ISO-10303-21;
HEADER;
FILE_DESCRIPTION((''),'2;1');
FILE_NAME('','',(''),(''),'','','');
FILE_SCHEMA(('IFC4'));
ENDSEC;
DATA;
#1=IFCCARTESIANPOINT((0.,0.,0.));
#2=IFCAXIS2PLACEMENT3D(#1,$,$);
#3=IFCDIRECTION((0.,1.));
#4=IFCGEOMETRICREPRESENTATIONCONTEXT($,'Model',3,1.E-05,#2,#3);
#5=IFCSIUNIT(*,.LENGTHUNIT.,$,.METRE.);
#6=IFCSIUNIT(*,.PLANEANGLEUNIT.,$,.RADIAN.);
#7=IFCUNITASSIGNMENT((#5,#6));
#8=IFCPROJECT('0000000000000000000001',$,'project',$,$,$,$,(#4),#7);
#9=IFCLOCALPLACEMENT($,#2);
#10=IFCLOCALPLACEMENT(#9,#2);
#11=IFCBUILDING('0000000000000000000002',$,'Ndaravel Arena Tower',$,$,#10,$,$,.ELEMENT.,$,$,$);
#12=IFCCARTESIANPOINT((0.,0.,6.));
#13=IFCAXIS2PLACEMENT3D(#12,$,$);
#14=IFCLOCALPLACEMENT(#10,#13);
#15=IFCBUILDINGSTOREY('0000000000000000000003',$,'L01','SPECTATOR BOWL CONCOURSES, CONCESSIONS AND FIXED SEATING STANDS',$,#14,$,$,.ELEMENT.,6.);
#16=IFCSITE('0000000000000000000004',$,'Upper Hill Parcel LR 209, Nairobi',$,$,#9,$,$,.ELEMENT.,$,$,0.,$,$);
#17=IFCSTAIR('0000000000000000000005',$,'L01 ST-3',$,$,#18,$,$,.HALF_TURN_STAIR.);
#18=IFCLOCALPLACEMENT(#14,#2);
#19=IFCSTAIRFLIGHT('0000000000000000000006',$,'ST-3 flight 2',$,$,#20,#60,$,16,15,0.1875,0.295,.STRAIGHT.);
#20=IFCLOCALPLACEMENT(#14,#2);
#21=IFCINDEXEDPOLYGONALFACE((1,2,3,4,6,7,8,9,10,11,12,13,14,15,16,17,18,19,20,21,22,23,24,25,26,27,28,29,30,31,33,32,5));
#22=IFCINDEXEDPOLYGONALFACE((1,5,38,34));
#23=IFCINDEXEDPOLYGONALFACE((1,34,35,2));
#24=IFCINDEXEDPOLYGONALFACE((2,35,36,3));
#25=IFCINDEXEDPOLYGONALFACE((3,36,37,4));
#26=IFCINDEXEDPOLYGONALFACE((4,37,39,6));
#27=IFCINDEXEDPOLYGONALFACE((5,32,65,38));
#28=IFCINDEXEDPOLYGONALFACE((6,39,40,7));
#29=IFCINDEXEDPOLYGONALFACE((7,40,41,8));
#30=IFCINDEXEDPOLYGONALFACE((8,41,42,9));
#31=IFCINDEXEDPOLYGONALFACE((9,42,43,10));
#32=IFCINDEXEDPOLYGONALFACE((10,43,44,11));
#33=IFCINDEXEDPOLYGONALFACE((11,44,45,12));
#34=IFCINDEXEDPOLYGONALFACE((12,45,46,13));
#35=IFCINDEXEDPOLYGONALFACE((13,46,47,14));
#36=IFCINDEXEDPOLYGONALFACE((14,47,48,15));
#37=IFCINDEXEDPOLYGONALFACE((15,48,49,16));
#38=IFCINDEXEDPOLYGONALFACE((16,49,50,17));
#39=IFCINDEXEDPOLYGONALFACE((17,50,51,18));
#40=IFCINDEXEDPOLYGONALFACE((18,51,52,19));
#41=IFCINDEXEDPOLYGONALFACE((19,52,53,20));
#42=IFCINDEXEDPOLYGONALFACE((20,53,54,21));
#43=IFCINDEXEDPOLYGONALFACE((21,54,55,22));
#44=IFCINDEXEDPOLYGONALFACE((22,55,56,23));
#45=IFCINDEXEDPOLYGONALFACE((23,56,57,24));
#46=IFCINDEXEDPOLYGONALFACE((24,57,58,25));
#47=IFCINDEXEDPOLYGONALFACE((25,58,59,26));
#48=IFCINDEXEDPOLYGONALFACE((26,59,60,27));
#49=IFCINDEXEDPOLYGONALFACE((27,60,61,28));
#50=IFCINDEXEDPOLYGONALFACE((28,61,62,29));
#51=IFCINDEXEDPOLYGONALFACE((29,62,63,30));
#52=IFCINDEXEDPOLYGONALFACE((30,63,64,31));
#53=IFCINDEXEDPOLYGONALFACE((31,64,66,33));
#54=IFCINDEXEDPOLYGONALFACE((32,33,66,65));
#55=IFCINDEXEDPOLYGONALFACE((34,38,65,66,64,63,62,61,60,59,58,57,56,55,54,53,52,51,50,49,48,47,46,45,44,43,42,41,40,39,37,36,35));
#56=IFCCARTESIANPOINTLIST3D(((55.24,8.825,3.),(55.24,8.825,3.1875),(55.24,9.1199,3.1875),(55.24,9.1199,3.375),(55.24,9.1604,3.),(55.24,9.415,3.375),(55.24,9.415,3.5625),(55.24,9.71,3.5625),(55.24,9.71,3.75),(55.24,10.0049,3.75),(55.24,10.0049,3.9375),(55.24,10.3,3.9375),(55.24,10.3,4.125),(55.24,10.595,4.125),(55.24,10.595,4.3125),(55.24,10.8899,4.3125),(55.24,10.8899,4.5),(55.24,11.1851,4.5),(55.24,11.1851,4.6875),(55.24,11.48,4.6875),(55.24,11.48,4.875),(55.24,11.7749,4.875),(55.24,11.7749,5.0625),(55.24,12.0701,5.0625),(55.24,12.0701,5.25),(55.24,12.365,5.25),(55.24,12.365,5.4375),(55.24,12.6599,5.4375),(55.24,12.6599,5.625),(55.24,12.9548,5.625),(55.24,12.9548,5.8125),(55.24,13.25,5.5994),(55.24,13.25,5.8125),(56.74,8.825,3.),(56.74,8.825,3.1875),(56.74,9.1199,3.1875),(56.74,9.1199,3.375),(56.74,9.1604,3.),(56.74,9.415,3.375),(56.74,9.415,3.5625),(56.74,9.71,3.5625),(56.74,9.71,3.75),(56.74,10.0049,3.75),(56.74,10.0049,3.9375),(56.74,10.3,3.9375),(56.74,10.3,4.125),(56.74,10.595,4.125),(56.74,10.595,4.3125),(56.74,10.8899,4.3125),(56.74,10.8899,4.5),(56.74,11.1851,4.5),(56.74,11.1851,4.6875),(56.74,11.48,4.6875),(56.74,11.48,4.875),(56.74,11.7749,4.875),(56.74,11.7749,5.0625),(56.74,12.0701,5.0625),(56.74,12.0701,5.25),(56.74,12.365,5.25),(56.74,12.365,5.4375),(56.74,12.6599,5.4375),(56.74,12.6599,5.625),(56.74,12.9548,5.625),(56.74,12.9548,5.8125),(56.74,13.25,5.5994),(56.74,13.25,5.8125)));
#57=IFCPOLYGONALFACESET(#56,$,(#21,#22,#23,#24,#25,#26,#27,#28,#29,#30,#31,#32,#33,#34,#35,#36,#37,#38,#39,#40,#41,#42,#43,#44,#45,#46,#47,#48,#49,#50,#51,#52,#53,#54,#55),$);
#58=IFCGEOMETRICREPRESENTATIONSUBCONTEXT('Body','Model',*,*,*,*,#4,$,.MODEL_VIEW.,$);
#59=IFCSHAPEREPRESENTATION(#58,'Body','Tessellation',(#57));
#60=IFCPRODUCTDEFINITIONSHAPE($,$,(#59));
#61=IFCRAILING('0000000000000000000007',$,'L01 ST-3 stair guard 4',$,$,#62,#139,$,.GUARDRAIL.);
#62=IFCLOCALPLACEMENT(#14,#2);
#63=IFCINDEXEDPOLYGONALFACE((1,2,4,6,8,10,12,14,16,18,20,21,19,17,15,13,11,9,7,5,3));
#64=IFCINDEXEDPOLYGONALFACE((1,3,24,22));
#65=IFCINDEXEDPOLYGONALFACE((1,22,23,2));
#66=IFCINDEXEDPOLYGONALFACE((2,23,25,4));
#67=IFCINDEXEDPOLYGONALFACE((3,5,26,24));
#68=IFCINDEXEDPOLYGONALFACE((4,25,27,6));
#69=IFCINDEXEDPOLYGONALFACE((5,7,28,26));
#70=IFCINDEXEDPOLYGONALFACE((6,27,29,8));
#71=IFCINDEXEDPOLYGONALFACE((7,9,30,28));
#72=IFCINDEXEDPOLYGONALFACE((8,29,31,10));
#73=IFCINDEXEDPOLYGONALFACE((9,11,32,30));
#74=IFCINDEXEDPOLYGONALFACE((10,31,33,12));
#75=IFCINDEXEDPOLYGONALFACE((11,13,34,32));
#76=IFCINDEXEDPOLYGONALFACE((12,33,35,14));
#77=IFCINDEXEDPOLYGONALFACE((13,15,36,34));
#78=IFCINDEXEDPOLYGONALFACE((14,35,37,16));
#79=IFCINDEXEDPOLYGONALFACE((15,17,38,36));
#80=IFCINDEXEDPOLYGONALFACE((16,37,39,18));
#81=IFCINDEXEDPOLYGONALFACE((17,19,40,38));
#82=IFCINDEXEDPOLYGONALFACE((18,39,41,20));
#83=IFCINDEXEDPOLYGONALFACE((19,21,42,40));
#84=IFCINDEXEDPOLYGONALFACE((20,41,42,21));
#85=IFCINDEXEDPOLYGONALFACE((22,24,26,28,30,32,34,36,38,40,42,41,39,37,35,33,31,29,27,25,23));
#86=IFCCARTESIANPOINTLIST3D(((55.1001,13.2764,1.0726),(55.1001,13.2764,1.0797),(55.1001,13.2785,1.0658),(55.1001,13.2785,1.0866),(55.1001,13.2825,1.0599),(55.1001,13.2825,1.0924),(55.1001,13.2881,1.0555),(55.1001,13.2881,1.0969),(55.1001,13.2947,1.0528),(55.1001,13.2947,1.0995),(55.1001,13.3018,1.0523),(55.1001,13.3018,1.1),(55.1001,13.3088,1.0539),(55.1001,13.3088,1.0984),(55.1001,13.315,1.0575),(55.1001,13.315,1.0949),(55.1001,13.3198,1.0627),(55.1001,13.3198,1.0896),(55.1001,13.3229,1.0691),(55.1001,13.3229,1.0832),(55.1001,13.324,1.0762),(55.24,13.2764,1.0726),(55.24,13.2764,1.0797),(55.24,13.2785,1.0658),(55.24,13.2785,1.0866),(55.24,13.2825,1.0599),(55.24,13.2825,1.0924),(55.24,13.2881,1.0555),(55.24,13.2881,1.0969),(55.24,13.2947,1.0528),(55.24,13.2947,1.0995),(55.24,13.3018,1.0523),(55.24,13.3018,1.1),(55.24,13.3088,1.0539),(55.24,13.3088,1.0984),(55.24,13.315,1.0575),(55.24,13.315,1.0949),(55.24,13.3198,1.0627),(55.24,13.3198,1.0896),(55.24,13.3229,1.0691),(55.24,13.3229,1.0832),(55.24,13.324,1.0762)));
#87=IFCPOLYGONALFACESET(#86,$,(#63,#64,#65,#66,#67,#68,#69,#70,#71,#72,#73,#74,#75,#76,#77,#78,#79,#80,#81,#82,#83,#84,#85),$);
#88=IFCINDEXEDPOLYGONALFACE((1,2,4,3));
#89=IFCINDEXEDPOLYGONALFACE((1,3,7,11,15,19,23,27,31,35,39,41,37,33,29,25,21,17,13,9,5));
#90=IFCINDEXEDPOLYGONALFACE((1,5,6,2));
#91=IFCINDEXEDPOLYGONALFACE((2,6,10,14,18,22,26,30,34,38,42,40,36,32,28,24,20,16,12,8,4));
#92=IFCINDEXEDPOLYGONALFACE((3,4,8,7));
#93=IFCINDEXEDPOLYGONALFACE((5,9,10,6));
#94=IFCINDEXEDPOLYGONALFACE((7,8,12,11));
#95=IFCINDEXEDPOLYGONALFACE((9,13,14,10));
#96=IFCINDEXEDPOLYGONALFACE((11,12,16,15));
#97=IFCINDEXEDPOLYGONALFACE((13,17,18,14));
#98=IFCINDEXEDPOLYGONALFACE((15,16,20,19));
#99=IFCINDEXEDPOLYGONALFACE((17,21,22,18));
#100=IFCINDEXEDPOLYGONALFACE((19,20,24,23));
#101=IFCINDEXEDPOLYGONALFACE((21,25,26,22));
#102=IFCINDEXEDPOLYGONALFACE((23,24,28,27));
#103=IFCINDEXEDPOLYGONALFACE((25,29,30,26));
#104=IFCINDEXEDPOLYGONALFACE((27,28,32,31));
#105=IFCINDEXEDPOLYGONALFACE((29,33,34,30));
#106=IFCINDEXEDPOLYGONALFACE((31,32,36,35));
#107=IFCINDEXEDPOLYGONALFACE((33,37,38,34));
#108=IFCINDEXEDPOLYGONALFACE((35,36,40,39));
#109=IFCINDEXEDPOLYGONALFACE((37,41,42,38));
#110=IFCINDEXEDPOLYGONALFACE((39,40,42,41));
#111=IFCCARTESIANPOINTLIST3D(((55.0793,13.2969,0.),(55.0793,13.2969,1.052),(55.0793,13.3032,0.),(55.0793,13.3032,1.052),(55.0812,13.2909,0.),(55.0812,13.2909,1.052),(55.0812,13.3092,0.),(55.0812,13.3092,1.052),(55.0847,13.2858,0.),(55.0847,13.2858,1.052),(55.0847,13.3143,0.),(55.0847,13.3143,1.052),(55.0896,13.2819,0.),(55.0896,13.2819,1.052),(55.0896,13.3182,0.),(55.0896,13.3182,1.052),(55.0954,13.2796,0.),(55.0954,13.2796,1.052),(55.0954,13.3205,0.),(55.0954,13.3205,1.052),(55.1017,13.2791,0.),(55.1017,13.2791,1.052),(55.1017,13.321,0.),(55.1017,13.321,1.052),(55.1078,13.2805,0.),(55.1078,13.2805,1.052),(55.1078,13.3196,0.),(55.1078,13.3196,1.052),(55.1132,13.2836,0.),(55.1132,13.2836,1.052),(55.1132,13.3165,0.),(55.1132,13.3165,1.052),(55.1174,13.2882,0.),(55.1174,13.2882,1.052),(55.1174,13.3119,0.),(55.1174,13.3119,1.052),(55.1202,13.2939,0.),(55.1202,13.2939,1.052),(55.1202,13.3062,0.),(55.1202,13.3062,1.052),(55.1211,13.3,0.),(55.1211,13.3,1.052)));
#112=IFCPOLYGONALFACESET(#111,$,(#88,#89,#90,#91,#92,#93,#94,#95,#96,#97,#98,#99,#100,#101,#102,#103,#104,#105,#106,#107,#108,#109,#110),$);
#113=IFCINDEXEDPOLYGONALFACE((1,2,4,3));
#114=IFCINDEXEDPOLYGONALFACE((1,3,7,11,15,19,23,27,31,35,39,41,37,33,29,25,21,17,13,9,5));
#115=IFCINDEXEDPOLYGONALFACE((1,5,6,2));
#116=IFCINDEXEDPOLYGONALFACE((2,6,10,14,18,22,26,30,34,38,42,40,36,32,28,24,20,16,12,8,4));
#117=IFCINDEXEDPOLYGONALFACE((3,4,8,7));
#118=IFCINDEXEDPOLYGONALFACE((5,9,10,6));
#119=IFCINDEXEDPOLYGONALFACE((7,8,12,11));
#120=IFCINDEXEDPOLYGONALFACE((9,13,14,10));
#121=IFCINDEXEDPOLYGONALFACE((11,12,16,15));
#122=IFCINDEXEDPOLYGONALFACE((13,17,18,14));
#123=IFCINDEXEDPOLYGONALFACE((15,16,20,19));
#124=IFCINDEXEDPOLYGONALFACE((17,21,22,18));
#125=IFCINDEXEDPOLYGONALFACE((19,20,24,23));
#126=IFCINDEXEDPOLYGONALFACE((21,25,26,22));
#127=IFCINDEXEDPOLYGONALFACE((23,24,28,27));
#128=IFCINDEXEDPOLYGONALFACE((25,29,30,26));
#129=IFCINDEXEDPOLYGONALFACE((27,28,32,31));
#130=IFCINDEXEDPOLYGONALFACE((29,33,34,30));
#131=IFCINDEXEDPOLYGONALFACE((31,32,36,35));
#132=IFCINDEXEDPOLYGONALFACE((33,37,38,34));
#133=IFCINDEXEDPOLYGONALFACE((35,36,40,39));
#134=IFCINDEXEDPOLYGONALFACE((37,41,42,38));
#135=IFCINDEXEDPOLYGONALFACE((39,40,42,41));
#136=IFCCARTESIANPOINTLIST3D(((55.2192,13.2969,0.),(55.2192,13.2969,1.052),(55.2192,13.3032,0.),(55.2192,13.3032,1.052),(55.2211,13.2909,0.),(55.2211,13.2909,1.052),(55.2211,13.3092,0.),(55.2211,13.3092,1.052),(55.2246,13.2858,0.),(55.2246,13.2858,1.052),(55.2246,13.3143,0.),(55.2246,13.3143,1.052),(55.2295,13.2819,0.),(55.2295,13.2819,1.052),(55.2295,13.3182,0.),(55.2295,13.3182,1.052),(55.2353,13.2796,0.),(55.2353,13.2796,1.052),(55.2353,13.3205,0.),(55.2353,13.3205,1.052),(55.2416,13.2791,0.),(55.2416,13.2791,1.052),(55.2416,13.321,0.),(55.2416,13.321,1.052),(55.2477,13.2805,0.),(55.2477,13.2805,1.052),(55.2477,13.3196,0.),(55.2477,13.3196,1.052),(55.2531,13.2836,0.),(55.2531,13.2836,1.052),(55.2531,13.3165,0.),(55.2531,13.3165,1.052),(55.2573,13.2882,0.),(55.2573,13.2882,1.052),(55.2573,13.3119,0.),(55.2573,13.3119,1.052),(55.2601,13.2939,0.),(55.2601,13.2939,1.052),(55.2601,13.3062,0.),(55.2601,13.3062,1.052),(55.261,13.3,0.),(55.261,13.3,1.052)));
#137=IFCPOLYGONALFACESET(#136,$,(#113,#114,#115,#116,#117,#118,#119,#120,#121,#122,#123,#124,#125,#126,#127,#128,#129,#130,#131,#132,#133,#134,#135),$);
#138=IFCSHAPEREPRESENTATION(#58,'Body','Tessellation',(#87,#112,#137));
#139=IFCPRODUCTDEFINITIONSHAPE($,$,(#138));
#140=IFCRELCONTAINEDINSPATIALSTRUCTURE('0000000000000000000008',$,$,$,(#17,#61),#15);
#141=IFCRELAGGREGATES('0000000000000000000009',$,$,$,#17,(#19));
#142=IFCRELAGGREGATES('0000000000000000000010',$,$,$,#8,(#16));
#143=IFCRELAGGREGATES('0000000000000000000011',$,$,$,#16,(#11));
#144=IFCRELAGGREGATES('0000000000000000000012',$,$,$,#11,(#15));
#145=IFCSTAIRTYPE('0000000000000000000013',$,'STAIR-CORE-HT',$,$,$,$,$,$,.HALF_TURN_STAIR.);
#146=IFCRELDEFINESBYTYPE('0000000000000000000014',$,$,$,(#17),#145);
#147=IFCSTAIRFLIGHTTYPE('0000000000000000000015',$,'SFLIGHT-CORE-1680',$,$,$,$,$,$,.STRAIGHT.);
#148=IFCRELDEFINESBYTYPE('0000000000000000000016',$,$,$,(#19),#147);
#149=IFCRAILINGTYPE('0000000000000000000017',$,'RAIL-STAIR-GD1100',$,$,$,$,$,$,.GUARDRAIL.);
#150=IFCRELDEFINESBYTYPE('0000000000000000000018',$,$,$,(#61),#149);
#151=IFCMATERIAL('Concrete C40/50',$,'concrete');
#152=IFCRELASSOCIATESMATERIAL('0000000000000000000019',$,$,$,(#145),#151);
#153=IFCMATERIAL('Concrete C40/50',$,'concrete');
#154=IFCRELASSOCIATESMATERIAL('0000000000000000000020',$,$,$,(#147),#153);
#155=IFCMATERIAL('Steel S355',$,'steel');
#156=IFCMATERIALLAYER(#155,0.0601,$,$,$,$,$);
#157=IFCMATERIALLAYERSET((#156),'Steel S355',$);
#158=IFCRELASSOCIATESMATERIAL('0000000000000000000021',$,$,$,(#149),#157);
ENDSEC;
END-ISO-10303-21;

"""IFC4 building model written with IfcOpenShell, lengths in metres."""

from ifc_helpers import new_model, si_unit, direction, frame, origin, origin_2d, place, context, subcontext, project, spatial, polyline, circle, outline, extrude, material, layer, layer_set, type_object, element, aggregate, save


model = new_model("IFC4")

# Units and contexts
model_context = context("Model", 3, precision=1e-05, world=origin(), true_north=direction((0.0, 1.0)))
body_context = subcontext(model_context, "Body", "Model", "MODEL_VIEW")
ifc_project = project(units=[si_unit("LENGTHUNIT", "METRE"), si_unit("PLANEANGLEUNIT", "RADIAN")], contexts=[model_context])

# Site, building, storey
site_placement = place(None, origin())
site = spatial("IfcSite", under=ifc_project, at=site_placement, Name="Upper Hill Parcel LR 209, Nairobi", CompositionType="ELEMENT", RefElevation=0.0)
building_placement = place(site_placement, origin())
building = spatial("IfcBuilding", under=site, at=building_placement, Name="Ndaravel Arena Tower", CompositionType="ELEMENT")
storey_placement = place(building_placement, frame((0.0, 0.0, 6.0)))
storey = spatial("IfcBuildingStorey", under=building, at=storey_placement, Name="L01", Description="SPECTATOR BOWL CONCOURSES, CONCESSIONS AND FIXED SEATING STANDS", CompositionType="ELEMENT", Elevation=6.0)

# Stair, stair flight
ifc_material_1 = material(Name="Concrete C40/50", Category="concrete")
stair_type = type_object("IfcStairType", Name="STAIR-CORE-HT", PredefinedType="HALF_TURN_STAIR", material=ifc_material_1)
stair_placement = place(storey_placement, origin())
stair = element("IfcStair", 1, at=stair_placement, inside=storey, type_object=stair_type, Name="L01 ST-3", PredefinedType="HALF_TURN_STAIR")
ifc_material_2 = material(Name="Concrete C40/50", Category="concrete")
stair_flight_type = type_object("IfcStairFlightType", Name="SFLIGHT-CORE-1680", PredefinedType="STRAIGHT", material=ifc_material_2)
stair_flight_1_placement = place(storey_placement, frame((55.99, 8.825, 3.0), z_axis=(0.0, 0.0, 1.0), x_axis=(0.0, 1.0, 0.0)))
stair_flight_1 = element("IfcStairFlight", 2, at=stair_flight_1_placement, type_object=stair_flight_type, Name="ST-3 flight 2", NumberOfRisers=16, NumberOfTreads=15, PredefinedType="STRAIGHT", RiserHeight=0.1875, TreadLength=0.295, context=body_context, shape_type="SweptSolid", body=[
    extrude(outline(polyline([(0.0, 0.0), (0.0, 0.1875), (0.2949, 0.1875), (0.2949, 0.375), (0.5901, 0.375), (0.5901, 0.5625), (0.885, 0.5625), (0.885, 0.75), (1.1799, 0.75), (1.1799, 0.9375), (1.4751, 0.9375), (1.4751, 1.125), (1.77, 1.125), (1.77, 1.3125), (2.0649, 1.3125), (2.0649, 1.5), (2.3601, 1.5), (2.3601, 1.6875), (2.655, 1.6875), (2.655, 1.875), (2.95, 1.875), (2.95, 2.0625), (3.2451, 2.0625), (3.2451, 2.25), (3.54, 2.25), (3.54, 2.4375), (3.835, 2.4375), (3.835, 2.625), (4.1299, 2.625), (4.1299, 2.8125), (4.425, 2.8125), (4.425, 3.0), (4.425, 2.5994), (0.3354, 0.0), (0.0, 0.0)])), frame((0.0, 0.75, 0.0), z_axis=(0.0, -1.0, 0.0), x_axis=(1.0, 0.0, 0.0)), (0.0, 0.0, 1.0), 1.5),
])
aggregate(stair, [stair_flight_1])

# Railing
ifc_material_3 = material(Name="Steel S355", Category="steel")
ifc_layer_1 = layer(ifc_material_3, 0.0601)
ifc_layer_set_1 = layer_set([ifc_layer_1], Name="Steel S355")
railing_type_1 = type_object("IfcRailingType", Name="RAIL-STAIR-GD1100", PredefinedType="GUARDRAIL", material=ifc_layer_set_1)
railing_1_placement = place(storey_placement, frame((55.1001, 13.3, 0.0)))
element("IfcRailing", 3, at=railing_1_placement, inside=storey, type_object=railing_type_1, Name="L01 ST-3 stair guard 4", PredefinedType="GUARDRAIL", context=body_context, shape_type="SweptSolid", body=[
    extrude(circle(Radius=0.0239, at=origin_2d()), frame((0.0, 0.0, 1.0762), z_axis=(1.0, 0.0, 0.0), x_axis=(0.0, 1.0, 0.0)), (0.0, 0.0, 1.0), 0.1399),
    extrude(circle(Radius=0.021, at=origin_2d()), origin(), (0.0, 0.0, 1.0), 1.052),
    extrude(circle(Radius=0.021, at=origin_2d()), frame((0.1399, 0.0, 0.0)), (0.0, 0.0, 1.0), 1.052),
])

save(model, "model.ifc")
